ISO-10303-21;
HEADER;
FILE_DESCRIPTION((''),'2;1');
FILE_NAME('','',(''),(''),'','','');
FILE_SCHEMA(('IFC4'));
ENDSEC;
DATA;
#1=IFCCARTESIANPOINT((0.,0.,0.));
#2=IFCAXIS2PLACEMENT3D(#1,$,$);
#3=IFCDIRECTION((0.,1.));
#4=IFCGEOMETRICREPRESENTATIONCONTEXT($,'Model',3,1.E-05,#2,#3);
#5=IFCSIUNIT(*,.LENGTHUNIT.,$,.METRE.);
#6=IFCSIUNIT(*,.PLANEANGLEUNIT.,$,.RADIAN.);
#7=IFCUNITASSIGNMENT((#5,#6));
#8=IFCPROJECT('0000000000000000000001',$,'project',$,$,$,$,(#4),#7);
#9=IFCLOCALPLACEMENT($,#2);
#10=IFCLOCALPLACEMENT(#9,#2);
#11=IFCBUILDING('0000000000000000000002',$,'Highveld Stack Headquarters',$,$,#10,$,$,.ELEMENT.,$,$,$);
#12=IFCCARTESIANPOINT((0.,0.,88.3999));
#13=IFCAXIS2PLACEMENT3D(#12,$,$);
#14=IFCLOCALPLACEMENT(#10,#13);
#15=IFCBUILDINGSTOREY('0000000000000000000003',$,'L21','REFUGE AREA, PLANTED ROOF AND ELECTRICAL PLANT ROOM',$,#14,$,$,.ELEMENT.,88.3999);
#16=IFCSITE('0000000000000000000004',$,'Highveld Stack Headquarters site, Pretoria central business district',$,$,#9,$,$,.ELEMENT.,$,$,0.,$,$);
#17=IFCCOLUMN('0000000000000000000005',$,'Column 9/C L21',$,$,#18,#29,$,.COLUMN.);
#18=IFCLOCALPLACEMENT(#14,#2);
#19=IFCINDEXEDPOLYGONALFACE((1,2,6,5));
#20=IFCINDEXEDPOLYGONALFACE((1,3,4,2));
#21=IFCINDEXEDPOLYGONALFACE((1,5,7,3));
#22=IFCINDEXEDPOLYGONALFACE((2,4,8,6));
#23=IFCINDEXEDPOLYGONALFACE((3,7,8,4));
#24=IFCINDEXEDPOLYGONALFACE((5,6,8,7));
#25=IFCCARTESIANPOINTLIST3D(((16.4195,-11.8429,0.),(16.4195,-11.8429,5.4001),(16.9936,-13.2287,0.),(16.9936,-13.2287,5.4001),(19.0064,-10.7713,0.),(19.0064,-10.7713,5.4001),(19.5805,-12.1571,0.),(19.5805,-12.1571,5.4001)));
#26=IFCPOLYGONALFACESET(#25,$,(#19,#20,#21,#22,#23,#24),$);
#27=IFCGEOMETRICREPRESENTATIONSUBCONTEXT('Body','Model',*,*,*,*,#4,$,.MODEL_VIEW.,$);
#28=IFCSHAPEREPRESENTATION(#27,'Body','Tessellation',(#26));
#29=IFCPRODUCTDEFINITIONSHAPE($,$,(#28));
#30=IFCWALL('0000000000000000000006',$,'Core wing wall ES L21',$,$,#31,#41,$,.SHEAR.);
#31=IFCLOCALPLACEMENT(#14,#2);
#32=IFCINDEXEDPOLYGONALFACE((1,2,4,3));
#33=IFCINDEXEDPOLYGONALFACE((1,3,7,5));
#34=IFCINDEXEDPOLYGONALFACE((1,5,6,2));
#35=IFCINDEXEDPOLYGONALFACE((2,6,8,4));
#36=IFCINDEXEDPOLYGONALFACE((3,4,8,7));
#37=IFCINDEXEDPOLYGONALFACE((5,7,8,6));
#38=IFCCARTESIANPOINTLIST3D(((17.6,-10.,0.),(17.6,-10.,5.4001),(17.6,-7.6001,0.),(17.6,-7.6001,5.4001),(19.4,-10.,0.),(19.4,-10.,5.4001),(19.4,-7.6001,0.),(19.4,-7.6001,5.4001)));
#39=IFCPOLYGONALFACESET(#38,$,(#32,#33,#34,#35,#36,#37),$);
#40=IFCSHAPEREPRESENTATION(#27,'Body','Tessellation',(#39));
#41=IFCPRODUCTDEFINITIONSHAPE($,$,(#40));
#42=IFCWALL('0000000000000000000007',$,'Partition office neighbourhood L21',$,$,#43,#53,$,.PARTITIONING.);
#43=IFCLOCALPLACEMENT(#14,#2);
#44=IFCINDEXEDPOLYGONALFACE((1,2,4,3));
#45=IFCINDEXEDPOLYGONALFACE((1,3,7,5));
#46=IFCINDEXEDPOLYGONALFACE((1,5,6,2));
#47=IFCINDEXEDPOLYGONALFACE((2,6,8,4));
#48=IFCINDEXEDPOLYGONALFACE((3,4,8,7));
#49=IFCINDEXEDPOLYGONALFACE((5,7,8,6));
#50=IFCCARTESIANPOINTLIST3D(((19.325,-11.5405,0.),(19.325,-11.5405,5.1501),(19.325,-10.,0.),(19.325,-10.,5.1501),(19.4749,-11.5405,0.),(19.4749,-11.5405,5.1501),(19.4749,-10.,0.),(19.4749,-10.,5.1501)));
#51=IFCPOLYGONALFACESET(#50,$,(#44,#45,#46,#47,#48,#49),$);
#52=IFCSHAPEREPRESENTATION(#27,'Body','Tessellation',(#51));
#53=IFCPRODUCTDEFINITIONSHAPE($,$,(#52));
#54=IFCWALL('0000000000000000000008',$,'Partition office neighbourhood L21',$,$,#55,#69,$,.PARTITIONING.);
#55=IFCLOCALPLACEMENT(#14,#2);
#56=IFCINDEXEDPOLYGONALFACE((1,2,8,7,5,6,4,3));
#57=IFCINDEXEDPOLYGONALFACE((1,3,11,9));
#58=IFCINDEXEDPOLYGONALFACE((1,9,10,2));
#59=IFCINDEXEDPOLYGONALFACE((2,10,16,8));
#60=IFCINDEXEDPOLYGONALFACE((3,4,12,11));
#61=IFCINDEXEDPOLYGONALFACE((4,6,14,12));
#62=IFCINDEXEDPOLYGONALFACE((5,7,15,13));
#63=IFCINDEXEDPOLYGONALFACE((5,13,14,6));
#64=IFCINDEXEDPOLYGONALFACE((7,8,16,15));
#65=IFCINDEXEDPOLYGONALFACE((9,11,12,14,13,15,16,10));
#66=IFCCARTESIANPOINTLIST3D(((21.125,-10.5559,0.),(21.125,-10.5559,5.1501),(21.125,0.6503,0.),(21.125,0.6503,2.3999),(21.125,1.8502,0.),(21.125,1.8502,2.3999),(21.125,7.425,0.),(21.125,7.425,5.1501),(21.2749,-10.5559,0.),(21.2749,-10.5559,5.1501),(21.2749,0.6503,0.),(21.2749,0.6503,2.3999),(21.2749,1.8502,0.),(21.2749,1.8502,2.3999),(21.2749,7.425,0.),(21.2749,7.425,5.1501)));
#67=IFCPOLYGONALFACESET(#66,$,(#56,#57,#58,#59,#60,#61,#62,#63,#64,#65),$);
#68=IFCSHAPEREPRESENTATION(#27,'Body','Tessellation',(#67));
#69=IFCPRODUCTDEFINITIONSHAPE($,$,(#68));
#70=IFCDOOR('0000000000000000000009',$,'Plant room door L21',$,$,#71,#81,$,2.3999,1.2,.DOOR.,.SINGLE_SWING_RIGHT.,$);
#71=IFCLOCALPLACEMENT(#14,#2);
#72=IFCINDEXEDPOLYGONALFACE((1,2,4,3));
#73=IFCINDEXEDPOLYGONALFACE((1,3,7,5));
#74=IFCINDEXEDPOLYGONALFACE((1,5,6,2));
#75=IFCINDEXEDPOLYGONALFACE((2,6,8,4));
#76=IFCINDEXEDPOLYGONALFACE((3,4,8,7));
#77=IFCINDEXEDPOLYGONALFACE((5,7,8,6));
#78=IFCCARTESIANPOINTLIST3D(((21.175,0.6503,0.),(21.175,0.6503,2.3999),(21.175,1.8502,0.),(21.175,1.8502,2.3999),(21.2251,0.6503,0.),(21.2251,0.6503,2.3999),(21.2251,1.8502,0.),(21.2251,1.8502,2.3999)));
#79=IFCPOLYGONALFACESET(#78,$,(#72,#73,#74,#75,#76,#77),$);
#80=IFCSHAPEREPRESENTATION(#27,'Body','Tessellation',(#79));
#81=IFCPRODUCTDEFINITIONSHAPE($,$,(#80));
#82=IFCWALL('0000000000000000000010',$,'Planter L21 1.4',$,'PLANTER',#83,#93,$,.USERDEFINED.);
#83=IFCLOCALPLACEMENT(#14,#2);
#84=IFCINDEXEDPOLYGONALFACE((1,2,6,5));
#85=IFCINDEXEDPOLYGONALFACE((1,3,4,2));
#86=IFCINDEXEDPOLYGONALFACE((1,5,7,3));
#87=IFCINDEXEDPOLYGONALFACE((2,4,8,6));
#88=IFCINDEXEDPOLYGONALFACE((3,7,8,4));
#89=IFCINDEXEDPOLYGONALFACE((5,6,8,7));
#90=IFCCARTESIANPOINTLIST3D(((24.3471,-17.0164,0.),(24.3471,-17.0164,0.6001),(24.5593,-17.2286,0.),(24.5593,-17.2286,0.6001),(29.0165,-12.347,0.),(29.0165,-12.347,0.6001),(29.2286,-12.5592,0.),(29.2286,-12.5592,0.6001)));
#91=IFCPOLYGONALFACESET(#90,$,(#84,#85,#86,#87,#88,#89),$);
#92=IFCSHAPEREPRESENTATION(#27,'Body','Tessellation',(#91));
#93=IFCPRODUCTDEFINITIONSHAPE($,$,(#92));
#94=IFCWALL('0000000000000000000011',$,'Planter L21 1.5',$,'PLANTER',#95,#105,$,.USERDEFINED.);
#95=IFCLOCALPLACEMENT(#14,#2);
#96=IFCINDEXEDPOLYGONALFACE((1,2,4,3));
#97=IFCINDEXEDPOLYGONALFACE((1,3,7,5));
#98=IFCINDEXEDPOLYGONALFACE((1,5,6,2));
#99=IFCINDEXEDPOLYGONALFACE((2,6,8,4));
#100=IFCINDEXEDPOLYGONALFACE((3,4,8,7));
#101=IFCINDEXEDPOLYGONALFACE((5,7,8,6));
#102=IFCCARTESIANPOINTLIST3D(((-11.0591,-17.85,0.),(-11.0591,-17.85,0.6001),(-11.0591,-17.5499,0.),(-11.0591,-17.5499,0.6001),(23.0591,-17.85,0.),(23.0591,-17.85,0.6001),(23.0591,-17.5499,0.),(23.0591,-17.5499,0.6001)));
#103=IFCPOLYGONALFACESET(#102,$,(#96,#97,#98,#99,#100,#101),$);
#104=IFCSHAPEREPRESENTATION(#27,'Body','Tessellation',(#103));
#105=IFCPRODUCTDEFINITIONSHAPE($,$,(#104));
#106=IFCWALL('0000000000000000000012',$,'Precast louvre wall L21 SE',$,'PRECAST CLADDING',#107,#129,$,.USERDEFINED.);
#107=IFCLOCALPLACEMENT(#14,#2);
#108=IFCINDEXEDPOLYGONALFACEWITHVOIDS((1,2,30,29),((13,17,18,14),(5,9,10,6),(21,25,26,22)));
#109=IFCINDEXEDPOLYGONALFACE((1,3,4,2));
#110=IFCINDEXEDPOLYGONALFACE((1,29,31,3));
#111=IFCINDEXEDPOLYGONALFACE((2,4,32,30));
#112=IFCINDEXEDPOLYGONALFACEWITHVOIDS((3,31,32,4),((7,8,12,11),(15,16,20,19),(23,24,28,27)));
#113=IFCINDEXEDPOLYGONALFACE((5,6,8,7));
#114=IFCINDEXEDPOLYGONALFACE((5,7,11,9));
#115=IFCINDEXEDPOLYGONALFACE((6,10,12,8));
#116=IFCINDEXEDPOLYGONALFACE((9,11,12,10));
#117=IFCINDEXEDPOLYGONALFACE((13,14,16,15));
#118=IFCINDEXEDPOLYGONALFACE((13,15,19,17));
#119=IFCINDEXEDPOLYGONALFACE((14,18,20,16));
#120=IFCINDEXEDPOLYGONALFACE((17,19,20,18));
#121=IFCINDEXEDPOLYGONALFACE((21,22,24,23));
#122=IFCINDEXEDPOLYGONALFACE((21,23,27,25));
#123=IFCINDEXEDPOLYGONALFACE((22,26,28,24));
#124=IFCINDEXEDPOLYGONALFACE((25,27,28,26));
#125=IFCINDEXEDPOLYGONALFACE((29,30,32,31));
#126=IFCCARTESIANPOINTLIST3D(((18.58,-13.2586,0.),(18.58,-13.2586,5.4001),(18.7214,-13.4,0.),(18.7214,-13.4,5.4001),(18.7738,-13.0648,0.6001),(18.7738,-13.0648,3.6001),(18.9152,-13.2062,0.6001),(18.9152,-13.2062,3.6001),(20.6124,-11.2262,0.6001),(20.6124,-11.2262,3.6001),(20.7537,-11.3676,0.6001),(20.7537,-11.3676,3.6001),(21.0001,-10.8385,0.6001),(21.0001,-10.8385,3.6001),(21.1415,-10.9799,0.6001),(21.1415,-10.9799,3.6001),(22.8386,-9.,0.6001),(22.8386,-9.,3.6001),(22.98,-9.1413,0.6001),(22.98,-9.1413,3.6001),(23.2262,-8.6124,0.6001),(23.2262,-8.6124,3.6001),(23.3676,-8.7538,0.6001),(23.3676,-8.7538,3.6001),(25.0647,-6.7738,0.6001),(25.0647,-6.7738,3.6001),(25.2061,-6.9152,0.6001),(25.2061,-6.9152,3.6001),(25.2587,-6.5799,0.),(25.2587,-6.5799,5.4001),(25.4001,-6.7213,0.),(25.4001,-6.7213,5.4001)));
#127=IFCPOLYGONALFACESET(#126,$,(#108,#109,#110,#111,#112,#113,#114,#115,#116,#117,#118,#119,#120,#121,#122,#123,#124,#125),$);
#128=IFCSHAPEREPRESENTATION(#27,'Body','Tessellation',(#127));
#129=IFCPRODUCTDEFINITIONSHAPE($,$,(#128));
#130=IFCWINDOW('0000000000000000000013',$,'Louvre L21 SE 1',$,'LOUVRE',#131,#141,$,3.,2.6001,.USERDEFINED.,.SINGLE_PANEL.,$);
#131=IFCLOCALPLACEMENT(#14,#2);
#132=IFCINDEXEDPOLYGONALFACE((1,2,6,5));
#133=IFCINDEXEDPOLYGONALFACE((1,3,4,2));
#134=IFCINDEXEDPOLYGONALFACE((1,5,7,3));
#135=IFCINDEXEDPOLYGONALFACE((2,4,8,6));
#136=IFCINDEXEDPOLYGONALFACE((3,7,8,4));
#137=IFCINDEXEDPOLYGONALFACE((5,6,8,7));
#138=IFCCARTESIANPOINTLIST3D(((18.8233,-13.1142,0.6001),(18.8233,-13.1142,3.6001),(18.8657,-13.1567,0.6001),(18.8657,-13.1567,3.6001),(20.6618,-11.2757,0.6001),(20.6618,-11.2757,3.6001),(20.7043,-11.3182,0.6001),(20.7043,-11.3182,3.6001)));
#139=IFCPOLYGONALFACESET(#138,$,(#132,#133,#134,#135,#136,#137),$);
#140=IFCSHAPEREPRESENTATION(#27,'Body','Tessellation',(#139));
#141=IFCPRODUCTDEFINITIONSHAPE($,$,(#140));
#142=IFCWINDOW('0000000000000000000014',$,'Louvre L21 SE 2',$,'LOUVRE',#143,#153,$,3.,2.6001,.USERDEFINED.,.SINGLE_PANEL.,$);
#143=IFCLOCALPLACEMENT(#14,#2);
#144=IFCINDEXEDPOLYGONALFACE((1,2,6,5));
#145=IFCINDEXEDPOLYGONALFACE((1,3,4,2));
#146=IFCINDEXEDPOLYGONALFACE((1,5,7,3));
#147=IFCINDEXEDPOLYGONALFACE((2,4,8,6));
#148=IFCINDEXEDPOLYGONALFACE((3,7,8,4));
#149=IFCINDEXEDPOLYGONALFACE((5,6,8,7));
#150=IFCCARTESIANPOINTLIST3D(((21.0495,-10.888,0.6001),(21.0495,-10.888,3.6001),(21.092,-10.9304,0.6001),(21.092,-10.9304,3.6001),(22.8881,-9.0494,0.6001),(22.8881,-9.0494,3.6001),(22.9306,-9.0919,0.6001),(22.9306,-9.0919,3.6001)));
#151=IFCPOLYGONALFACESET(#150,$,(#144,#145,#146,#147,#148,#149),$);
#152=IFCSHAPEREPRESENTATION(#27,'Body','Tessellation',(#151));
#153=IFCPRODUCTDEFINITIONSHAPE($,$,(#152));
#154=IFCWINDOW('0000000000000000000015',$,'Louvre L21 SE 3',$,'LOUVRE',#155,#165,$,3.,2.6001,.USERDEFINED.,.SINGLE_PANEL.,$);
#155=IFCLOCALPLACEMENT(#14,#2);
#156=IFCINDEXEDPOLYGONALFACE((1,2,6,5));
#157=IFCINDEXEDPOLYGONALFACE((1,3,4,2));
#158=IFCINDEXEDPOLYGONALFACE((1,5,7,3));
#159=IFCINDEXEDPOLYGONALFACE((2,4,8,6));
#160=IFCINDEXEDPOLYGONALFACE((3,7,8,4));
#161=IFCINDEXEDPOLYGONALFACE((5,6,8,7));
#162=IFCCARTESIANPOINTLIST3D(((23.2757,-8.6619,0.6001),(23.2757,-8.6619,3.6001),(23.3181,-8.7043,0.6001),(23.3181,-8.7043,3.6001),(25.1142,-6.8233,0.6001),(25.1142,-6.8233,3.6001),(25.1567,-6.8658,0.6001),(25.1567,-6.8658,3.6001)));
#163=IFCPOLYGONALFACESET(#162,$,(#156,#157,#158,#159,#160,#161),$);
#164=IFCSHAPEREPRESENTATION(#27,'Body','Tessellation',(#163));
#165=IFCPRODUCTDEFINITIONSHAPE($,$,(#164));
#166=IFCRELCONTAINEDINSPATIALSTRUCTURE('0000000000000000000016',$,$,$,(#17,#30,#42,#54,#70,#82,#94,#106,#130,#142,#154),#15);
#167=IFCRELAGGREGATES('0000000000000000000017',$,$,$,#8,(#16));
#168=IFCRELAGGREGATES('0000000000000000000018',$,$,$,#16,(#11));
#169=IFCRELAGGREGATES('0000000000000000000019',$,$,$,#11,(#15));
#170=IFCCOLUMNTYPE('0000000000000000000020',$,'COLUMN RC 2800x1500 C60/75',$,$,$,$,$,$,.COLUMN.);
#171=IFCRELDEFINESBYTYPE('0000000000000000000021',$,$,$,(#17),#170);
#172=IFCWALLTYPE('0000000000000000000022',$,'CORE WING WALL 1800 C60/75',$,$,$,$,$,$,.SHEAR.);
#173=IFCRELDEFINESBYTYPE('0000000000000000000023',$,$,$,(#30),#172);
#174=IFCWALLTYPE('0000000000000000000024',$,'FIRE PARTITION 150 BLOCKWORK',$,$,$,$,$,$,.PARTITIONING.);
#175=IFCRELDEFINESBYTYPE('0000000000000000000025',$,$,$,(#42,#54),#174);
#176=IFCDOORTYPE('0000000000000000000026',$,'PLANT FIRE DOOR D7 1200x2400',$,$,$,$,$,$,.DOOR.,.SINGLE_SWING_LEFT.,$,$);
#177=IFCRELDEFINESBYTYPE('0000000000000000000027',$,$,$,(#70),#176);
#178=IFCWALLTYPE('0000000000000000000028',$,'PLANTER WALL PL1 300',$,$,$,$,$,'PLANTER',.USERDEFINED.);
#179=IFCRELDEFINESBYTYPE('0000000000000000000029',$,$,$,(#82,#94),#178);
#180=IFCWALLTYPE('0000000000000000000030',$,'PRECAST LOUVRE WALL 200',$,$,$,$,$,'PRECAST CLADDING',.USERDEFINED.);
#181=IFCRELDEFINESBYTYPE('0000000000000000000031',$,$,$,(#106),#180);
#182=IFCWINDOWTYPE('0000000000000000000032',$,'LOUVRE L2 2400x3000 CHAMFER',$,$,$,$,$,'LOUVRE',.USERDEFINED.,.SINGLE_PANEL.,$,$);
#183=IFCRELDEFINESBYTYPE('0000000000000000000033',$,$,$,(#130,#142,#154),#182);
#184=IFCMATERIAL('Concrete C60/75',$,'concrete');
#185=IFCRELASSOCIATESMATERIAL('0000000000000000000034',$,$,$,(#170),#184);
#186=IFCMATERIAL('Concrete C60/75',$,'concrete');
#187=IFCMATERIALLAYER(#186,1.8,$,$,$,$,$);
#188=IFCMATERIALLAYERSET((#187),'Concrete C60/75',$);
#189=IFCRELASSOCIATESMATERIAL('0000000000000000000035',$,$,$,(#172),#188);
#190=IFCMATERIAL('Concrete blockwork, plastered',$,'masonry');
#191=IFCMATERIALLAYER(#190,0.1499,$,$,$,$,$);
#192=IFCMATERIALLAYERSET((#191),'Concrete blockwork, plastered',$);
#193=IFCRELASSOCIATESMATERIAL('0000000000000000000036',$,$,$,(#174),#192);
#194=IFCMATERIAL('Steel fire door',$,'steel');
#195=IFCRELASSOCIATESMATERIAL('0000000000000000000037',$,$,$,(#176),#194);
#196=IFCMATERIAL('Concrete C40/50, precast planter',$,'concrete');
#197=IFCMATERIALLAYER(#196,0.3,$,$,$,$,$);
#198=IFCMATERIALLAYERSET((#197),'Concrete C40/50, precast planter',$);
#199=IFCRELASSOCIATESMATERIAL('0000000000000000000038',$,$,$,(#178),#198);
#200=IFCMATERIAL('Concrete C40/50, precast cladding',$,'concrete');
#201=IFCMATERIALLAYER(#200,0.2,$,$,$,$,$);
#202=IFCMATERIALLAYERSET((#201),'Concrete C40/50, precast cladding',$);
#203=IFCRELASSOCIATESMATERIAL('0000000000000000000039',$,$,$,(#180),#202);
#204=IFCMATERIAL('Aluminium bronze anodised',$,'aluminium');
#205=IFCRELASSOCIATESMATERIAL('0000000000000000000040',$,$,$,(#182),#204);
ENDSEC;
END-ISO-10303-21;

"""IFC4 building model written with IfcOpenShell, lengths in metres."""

from ifc_helpers import new_model, si_unit, direction, frame, frame_2d, origin, origin_2d, place, context, subcontext, project, spatial, rectangle, extrude, material, layer, layer_set, material_profile, profile_set, type_object, element, fill, save


model = new_model("IFC4")

# Units and contexts
model_context = context("Model", 3, precision=1e-05, world=origin(), true_north=direction((0.0, 1.0)))
body_context = subcontext(model_context, "Body", "Model", "MODEL_VIEW")
ifc_project = project(units=[si_unit("LENGTHUNIT", "METRE"), si_unit("PLANEANGLEUNIT", "RADIAN")], contexts=[model_context])

# Site, building, storey
site_placement = place(None, origin())
site = spatial("IfcSite", under=ifc_project, at=site_placement, Name="Highveld Stack Headquarters site, Pretoria central business district", CompositionType="ELEMENT", RefElevation=0.0)
building_placement = place(site_placement, origin())
building = spatial("IfcBuilding", under=site, at=building_placement, Name="Highveld Stack Headquarters", CompositionType="ELEMENT")
storey_placement = place(building_placement, frame((0.0, 0.0, 88.3999)))
storey = spatial("IfcBuildingStorey", under=building, at=storey_placement, Name="L21", Description="REFUGE AREA, PLANTED ROOF AND ELECTRICAL PLANT ROOM", CompositionType="ELEMENT", Elevation=88.3999)

# Column
ifc_material_1 = material(Name="Concrete C60/75", Category="concrete")
ifc_material_profile = material_profile(ifc_material_1, rectangle(XDim=2.8, YDim=1.5, at=origin_2d()), Name="RC 2800x1500")
ifc_profile_set = profile_set([ifc_material_profile], Name="Concrete C60/75")
column_type = type_object("IfcColumnType", Name="COLUMN RC 2800x1500 C60/75", PredefinedType="COLUMN", material=ifc_profile_set)
column_placement = place(storey_placement, frame((18.0, -12.0, 0.0), z_axis=(0.0, 0.0, 1.0), x_axis=(-0.92388, -0.382683, 0.0)))
element("IfcColumn", 1, at=column_placement, inside=storey, type_object=column_type, Name="Column 9/C L21", PredefinedType="COLUMN", context=body_context, shape_type="SweptSolid", body=[
    extrude(rectangle(XDim=2.8, YDim=1.5, at=origin_2d()), origin(), (0.0, 0.0, 1.0), 5.4001),
])

# Walls
ifc_material_2 = material(Name="Concrete C60/75", Category="concrete")
ifc_layer_1 = layer(ifc_material_2, 1.8)
ifc_layer_set_1 = layer_set([ifc_layer_1], Name="Concrete C60/75")
wall_type_1 = type_object("IfcWallType", Name="CORE WING WALL 1800 C60/75", PredefinedType="SHEAR", material=ifc_layer_set_1)
wall_1_placement = place(storey_placement, frame((18.5, -10.0, 0.0), z_axis=(0.0, 0.0, 1.0), x_axis=(0.0, 1.0, 0.0)))
element("IfcWall", 2, at=wall_1_placement, inside=storey, type_object=wall_type_1, Name="Core wing wall ES L21", PredefinedType="SHEAR", context=body_context, shape_type="SweptSolid", body=[
    extrude(rectangle(XDim=2.3999, YDim=1.8, at=frame_2d((1.2, 0.0))), origin(), (0.0, 0.0, 1.0), 5.4001),
])
ifc_material_3 = material(Name="Concrete blockwork, plastered", Category="masonry")
ifc_layer_2 = layer(ifc_material_3, 0.1499)
ifc_layer_set_2 = layer_set([ifc_layer_2], Name="Concrete blockwork, plastered")
wall_type_2 = type_object("IfcWallType", Name="FIRE PARTITION 150 BLOCKWORK", PredefinedType="PARTITIONING", material=ifc_layer_set_2)
wall_2_placement = place(storey_placement, frame((19.3999, -11.5405, 0.0), z_axis=(0.0, 0.0, 1.0), x_axis=(0.0, 1.0, 0.0)))
element("IfcWall", 3, at=wall_2_placement, inside=storey, type_object=wall_type_2, Name="Partition office neighbourhood L21", PredefinedType="PARTITIONING", context=body_context, shape_type="SweptSolid", body=[
    extrude(rectangle(XDim=1.5405, YDim=0.1499, at=frame_2d((0.7703, 0.0))), origin(), (0.0, 0.0, 1.0), 5.1501),
])

# Wall, opening, door
wall_3_placement = place(storey_placement, frame((21.2, -10.5559, 0.0), z_axis=(0.0, 0.0, 1.0), x_axis=(0.0, 1.0, 0.0)))
wall_3 = element("IfcWall", 4, at=wall_3_placement, inside=storey, type_object=wall_type_2, Name="Partition office neighbourhood L21", PredefinedType="PARTITIONING", context=body_context, shape_type="SweptSolid", body=[
    extrude(rectangle(XDim=17.981, YDim=0.1499, at=frame_2d((8.9905, 0.0))), origin(), (0.0, 0.0, 1.0), 5.1501),
])
opening_1_placement = place(wall_3_placement, frame((11.2061, 0.0, 0.0)))
opening_1 = element("IfcOpeningElement", 5, at=opening_1_placement, cuts=wall_3, PredefinedType="OPENING", context=body_context, shape_type="SweptSolid", body=[
    extrude(rectangle(XDim=1.2, YDim=2.3999, at=frame_2d((0.6001, 1.2))), frame((0.0, 0.085, 0.0), z_axis=(0.0, -1.0, 0.0), x_axis=(1.0, 0.0, 0.0)), (0.0, 0.0, 1.0), 0.1699),
])
ifc_material_4 = material(Name="Steel fire door", Category="steel")
door_type_1 = type_object("IfcDoorType", Name="PLANT FIRE DOOR D7 1200x2400", OperationType="SINGLE_SWING_LEFT", PredefinedType="DOOR", material=ifc_material_4)
door_1_placement = place(opening_1_placement, origin())
door_1 = element("IfcDoor", 6, at=door_1_placement, inside=storey, type_object=door_type_1, Name="Plant room door L21", OperationType="SINGLE_SWING_RIGHT", OverallHeight=2.3999, OverallWidth=1.2, PredefinedType="DOOR", context=body_context, shape_type="SweptSolid", body=[
    extrude(rectangle(XDim=1.2, YDim=2.3999, at=frame_2d((0.6001, 1.2))), frame((0.0, 0.0249, 0.0), z_axis=(0.0, -1.0, 0.0), x_axis=(1.0, 0.0, 0.0)), (0.0, 0.0, 1.0), 0.05),
])
fill(opening_1, door_1)

# Walls
ifc_material_5 = material(Name="Concrete C40/50, precast planter", Category="concrete")
ifc_layer_3 = layer(ifc_material_5, 0.3)
ifc_layer_set_3 = layer_set([ifc_layer_3], Name="Concrete C40/50, precast planter")
wall_type_3 = type_object("IfcWallType", Name="PLANTER WALL PL1 300", ElementType="PLANTER", PredefinedType="USERDEFINED", material=ifc_layer_set_3)
wall_4_placement = place(storey_placement, frame((29.1226, -12.4531, 0.0), z_axis=(0.0, 0.0, 1.0), x_axis=(-0.707107, -0.707107, 0.0)))
element("IfcWall", 7, at=wall_4_placement, inside=storey, type_object=wall_type_3, Name="Planter L21 1.4", ObjectType="PLANTER", PredefinedType="USERDEFINED", context=body_context, shape_type="SweptSolid", body=[
    extrude(rectangle(XDim=6.6035, YDim=0.3, at=frame_2d((3.3018, 0.0))), origin(), (0.0, 0.0, 1.0), 0.6001),
])
wall_5_placement = place(storey_placement, frame((23.0591, -17.7, 0.0), z_axis=(0.0, 0.0, 1.0), x_axis=(-1.0, 0.0, 0.0)))
element("IfcWall", 8, at=wall_5_placement, inside=storey, type_object=wall_type_3, Name="Planter L21 1.5", ObjectType="PLANTER", PredefinedType="USERDEFINED", context=body_context, shape_type="SweptSolid", body=[
    extrude(rectangle(XDim=34.1182, YDim=0.3, at=frame_2d((17.0591, 0.0))), origin(), (0.0, 0.0, 1.0), 0.6001),
])

# Wall, openings, windows
ifc_material_6 = material(Name="Concrete C40/50, precast cladding", Category="concrete")
ifc_layer_4 = layer(ifc_material_6, 0.2)
ifc_layer_set_4 = layer_set([ifc_layer_4], Name="Concrete C40/50, precast cladding")
wall_type_4 = type_object("IfcWallType", Name="PRECAST LOUVRE WALL 200", ElementType="PRECAST CLADDING", PredefinedType="USERDEFINED", material=ifc_layer_set_4)
wall_6_placement = place(storey_placement, frame((18.6506, -13.3293, 0.0), z_axis=(0.0, 0.0, 1.0), x_axis=(0.707107, 0.707107, 0.0)))
wall_6 = element("IfcWall", 9, at=wall_6_placement, inside=storey, type_object=wall_type_4, Name="Precast louvre wall L21 SE", ObjectType="PRECAST CLADDING", PredefinedType="USERDEFINED", context=body_context, shape_type="SweptSolid", body=[
    extrude(rectangle(XDim=9.4451, YDim=0.2, at=frame_2d((4.7227, 0.0))), origin(), (0.0, 0.0, 1.0), 5.4001),
])
opening_2_placement = place(wall_6_placement, frame((0.2742, 0.0, 0.6001)))
opening_2 = element("IfcOpeningElement", 10, at=opening_2_placement, cuts=wall_6, PredefinedType="OPENING", context=body_context, shape_type="SweptSolid", body=[
    extrude(rectangle(XDim=2.6001, YDim=3.0, at=frame_2d((1.3, 1.5))), frame((0.0, 0.1099, 0.0), z_axis=(0.0, -1.0, 0.0), x_axis=(1.0, 0.0, 0.0)), (0.0, 0.0, 1.0), 0.22),
])
opening_3_placement = place(wall_6_placement, frame((3.4226, 0.0, 0.6001)))
opening_3 = element("IfcOpeningElement", 11, at=opening_3_placement, cuts=wall_6, PredefinedType="OPENING", context=body_context, shape_type="SweptSolid", body=[
    extrude(rectangle(XDim=2.6001, YDim=3.0, at=frame_2d((1.3, 1.5))), frame((0.0, 0.1099, 0.0), z_axis=(0.0, -1.0, 0.0), x_axis=(1.0, 0.0, 0.0)), (0.0, 0.0, 1.0), 0.22),
])
opening_4_placement = place(wall_6_placement, frame((6.5708, 0.0, 0.6001)))
opening_4 = element("IfcOpeningElement", 12, at=opening_4_placement, cuts=wall_6, PredefinedType="OPENING", context=body_context, shape_type="SweptSolid", body=[
    extrude(rectangle(XDim=2.6001, YDim=3.0, at=frame_2d((1.3, 1.5))), frame((0.0, 0.1099, 0.0), z_axis=(0.0, -1.0, 0.0), x_axis=(1.0, 0.0, 0.0)), (0.0, 0.0, 1.0), 0.22),
])
ifc_material_7 = material(Name="Aluminium bronze anodised", Category="aluminium")
window_type_1 = type_object("IfcWindowType", Name="LOUVRE L2 2400x3000 CHAMFER", ElementType="LOUVRE", PartitioningType="SINGLE_PANEL", PredefinedType="USERDEFINED", material=ifc_material_7)
window_1_placement = place(opening_2_placement, origin())
window_1 = element("IfcWindow", 13, at=window_1_placement, inside=storey, type_object=window_type_1, Name="Louvre L21 SE 1", ObjectType="LOUVRE", OverallHeight=3.0, OverallWidth=2.6001, PartitioningType="SINGLE_PANEL", PredefinedType="USERDEFINED", context=body_context, shape_type="SweptSolid", body=[
    extrude(rectangle(XDim=2.6001, YDim=3.0, at=frame_2d((1.3, 1.5))), frame((0.0, 0.03, 0.0), z_axis=(0.0, -1.0, 0.0), x_axis=(1.0, 0.0, 0.0)), (0.0, 0.0, 1.0), 0.0601),
])
fill(opening_2, window_1)
window_2_placement = place(opening_3_placement, origin())
window_2 = element("IfcWindow", 14, at=window_2_placement, inside=storey, type_object=window_type_1, Name="Louvre L21 SE 2", ObjectType="LOUVRE", OverallHeight=3.0, OverallWidth=2.6001, PartitioningType="SINGLE_PANEL", PredefinedType="USERDEFINED", context=body_context, shape_type="SweptSolid", body=[
    extrude(rectangle(XDim=2.6001, YDim=3.0, at=frame_2d((1.3, 1.5))), frame((0.0, 0.03, 0.0), z_axis=(0.0, -1.0, 0.0), x_axis=(1.0, 0.0, 0.0)), (0.0, 0.0, 1.0), 0.0601),
])
fill(opening_3, window_2)
window_3_placement = place(opening_4_placement, origin())
window_3 = element("IfcWindow", 15, at=window_3_placement, inside=storey, type_object=window_type_1, Name="Louvre L21 SE 3", ObjectType="LOUVRE", OverallHeight=3.0, OverallWidth=2.6001, PartitioningType="SINGLE_PANEL", PredefinedType="USERDEFINED", context=body_context, shape_type="SweptSolid", body=[
    extrude(rectangle(XDim=2.6001, YDim=3.0, at=frame_2d((1.3, 1.5))), frame((0.0, 0.03, 0.0), z_axis=(0.0, -1.0, 0.0), x_axis=(1.0, 0.0, 0.0)), (0.0, 0.0, 1.0), 0.0601),
])
fill(opening_4, window_3)

save(model, "model.ifc")
